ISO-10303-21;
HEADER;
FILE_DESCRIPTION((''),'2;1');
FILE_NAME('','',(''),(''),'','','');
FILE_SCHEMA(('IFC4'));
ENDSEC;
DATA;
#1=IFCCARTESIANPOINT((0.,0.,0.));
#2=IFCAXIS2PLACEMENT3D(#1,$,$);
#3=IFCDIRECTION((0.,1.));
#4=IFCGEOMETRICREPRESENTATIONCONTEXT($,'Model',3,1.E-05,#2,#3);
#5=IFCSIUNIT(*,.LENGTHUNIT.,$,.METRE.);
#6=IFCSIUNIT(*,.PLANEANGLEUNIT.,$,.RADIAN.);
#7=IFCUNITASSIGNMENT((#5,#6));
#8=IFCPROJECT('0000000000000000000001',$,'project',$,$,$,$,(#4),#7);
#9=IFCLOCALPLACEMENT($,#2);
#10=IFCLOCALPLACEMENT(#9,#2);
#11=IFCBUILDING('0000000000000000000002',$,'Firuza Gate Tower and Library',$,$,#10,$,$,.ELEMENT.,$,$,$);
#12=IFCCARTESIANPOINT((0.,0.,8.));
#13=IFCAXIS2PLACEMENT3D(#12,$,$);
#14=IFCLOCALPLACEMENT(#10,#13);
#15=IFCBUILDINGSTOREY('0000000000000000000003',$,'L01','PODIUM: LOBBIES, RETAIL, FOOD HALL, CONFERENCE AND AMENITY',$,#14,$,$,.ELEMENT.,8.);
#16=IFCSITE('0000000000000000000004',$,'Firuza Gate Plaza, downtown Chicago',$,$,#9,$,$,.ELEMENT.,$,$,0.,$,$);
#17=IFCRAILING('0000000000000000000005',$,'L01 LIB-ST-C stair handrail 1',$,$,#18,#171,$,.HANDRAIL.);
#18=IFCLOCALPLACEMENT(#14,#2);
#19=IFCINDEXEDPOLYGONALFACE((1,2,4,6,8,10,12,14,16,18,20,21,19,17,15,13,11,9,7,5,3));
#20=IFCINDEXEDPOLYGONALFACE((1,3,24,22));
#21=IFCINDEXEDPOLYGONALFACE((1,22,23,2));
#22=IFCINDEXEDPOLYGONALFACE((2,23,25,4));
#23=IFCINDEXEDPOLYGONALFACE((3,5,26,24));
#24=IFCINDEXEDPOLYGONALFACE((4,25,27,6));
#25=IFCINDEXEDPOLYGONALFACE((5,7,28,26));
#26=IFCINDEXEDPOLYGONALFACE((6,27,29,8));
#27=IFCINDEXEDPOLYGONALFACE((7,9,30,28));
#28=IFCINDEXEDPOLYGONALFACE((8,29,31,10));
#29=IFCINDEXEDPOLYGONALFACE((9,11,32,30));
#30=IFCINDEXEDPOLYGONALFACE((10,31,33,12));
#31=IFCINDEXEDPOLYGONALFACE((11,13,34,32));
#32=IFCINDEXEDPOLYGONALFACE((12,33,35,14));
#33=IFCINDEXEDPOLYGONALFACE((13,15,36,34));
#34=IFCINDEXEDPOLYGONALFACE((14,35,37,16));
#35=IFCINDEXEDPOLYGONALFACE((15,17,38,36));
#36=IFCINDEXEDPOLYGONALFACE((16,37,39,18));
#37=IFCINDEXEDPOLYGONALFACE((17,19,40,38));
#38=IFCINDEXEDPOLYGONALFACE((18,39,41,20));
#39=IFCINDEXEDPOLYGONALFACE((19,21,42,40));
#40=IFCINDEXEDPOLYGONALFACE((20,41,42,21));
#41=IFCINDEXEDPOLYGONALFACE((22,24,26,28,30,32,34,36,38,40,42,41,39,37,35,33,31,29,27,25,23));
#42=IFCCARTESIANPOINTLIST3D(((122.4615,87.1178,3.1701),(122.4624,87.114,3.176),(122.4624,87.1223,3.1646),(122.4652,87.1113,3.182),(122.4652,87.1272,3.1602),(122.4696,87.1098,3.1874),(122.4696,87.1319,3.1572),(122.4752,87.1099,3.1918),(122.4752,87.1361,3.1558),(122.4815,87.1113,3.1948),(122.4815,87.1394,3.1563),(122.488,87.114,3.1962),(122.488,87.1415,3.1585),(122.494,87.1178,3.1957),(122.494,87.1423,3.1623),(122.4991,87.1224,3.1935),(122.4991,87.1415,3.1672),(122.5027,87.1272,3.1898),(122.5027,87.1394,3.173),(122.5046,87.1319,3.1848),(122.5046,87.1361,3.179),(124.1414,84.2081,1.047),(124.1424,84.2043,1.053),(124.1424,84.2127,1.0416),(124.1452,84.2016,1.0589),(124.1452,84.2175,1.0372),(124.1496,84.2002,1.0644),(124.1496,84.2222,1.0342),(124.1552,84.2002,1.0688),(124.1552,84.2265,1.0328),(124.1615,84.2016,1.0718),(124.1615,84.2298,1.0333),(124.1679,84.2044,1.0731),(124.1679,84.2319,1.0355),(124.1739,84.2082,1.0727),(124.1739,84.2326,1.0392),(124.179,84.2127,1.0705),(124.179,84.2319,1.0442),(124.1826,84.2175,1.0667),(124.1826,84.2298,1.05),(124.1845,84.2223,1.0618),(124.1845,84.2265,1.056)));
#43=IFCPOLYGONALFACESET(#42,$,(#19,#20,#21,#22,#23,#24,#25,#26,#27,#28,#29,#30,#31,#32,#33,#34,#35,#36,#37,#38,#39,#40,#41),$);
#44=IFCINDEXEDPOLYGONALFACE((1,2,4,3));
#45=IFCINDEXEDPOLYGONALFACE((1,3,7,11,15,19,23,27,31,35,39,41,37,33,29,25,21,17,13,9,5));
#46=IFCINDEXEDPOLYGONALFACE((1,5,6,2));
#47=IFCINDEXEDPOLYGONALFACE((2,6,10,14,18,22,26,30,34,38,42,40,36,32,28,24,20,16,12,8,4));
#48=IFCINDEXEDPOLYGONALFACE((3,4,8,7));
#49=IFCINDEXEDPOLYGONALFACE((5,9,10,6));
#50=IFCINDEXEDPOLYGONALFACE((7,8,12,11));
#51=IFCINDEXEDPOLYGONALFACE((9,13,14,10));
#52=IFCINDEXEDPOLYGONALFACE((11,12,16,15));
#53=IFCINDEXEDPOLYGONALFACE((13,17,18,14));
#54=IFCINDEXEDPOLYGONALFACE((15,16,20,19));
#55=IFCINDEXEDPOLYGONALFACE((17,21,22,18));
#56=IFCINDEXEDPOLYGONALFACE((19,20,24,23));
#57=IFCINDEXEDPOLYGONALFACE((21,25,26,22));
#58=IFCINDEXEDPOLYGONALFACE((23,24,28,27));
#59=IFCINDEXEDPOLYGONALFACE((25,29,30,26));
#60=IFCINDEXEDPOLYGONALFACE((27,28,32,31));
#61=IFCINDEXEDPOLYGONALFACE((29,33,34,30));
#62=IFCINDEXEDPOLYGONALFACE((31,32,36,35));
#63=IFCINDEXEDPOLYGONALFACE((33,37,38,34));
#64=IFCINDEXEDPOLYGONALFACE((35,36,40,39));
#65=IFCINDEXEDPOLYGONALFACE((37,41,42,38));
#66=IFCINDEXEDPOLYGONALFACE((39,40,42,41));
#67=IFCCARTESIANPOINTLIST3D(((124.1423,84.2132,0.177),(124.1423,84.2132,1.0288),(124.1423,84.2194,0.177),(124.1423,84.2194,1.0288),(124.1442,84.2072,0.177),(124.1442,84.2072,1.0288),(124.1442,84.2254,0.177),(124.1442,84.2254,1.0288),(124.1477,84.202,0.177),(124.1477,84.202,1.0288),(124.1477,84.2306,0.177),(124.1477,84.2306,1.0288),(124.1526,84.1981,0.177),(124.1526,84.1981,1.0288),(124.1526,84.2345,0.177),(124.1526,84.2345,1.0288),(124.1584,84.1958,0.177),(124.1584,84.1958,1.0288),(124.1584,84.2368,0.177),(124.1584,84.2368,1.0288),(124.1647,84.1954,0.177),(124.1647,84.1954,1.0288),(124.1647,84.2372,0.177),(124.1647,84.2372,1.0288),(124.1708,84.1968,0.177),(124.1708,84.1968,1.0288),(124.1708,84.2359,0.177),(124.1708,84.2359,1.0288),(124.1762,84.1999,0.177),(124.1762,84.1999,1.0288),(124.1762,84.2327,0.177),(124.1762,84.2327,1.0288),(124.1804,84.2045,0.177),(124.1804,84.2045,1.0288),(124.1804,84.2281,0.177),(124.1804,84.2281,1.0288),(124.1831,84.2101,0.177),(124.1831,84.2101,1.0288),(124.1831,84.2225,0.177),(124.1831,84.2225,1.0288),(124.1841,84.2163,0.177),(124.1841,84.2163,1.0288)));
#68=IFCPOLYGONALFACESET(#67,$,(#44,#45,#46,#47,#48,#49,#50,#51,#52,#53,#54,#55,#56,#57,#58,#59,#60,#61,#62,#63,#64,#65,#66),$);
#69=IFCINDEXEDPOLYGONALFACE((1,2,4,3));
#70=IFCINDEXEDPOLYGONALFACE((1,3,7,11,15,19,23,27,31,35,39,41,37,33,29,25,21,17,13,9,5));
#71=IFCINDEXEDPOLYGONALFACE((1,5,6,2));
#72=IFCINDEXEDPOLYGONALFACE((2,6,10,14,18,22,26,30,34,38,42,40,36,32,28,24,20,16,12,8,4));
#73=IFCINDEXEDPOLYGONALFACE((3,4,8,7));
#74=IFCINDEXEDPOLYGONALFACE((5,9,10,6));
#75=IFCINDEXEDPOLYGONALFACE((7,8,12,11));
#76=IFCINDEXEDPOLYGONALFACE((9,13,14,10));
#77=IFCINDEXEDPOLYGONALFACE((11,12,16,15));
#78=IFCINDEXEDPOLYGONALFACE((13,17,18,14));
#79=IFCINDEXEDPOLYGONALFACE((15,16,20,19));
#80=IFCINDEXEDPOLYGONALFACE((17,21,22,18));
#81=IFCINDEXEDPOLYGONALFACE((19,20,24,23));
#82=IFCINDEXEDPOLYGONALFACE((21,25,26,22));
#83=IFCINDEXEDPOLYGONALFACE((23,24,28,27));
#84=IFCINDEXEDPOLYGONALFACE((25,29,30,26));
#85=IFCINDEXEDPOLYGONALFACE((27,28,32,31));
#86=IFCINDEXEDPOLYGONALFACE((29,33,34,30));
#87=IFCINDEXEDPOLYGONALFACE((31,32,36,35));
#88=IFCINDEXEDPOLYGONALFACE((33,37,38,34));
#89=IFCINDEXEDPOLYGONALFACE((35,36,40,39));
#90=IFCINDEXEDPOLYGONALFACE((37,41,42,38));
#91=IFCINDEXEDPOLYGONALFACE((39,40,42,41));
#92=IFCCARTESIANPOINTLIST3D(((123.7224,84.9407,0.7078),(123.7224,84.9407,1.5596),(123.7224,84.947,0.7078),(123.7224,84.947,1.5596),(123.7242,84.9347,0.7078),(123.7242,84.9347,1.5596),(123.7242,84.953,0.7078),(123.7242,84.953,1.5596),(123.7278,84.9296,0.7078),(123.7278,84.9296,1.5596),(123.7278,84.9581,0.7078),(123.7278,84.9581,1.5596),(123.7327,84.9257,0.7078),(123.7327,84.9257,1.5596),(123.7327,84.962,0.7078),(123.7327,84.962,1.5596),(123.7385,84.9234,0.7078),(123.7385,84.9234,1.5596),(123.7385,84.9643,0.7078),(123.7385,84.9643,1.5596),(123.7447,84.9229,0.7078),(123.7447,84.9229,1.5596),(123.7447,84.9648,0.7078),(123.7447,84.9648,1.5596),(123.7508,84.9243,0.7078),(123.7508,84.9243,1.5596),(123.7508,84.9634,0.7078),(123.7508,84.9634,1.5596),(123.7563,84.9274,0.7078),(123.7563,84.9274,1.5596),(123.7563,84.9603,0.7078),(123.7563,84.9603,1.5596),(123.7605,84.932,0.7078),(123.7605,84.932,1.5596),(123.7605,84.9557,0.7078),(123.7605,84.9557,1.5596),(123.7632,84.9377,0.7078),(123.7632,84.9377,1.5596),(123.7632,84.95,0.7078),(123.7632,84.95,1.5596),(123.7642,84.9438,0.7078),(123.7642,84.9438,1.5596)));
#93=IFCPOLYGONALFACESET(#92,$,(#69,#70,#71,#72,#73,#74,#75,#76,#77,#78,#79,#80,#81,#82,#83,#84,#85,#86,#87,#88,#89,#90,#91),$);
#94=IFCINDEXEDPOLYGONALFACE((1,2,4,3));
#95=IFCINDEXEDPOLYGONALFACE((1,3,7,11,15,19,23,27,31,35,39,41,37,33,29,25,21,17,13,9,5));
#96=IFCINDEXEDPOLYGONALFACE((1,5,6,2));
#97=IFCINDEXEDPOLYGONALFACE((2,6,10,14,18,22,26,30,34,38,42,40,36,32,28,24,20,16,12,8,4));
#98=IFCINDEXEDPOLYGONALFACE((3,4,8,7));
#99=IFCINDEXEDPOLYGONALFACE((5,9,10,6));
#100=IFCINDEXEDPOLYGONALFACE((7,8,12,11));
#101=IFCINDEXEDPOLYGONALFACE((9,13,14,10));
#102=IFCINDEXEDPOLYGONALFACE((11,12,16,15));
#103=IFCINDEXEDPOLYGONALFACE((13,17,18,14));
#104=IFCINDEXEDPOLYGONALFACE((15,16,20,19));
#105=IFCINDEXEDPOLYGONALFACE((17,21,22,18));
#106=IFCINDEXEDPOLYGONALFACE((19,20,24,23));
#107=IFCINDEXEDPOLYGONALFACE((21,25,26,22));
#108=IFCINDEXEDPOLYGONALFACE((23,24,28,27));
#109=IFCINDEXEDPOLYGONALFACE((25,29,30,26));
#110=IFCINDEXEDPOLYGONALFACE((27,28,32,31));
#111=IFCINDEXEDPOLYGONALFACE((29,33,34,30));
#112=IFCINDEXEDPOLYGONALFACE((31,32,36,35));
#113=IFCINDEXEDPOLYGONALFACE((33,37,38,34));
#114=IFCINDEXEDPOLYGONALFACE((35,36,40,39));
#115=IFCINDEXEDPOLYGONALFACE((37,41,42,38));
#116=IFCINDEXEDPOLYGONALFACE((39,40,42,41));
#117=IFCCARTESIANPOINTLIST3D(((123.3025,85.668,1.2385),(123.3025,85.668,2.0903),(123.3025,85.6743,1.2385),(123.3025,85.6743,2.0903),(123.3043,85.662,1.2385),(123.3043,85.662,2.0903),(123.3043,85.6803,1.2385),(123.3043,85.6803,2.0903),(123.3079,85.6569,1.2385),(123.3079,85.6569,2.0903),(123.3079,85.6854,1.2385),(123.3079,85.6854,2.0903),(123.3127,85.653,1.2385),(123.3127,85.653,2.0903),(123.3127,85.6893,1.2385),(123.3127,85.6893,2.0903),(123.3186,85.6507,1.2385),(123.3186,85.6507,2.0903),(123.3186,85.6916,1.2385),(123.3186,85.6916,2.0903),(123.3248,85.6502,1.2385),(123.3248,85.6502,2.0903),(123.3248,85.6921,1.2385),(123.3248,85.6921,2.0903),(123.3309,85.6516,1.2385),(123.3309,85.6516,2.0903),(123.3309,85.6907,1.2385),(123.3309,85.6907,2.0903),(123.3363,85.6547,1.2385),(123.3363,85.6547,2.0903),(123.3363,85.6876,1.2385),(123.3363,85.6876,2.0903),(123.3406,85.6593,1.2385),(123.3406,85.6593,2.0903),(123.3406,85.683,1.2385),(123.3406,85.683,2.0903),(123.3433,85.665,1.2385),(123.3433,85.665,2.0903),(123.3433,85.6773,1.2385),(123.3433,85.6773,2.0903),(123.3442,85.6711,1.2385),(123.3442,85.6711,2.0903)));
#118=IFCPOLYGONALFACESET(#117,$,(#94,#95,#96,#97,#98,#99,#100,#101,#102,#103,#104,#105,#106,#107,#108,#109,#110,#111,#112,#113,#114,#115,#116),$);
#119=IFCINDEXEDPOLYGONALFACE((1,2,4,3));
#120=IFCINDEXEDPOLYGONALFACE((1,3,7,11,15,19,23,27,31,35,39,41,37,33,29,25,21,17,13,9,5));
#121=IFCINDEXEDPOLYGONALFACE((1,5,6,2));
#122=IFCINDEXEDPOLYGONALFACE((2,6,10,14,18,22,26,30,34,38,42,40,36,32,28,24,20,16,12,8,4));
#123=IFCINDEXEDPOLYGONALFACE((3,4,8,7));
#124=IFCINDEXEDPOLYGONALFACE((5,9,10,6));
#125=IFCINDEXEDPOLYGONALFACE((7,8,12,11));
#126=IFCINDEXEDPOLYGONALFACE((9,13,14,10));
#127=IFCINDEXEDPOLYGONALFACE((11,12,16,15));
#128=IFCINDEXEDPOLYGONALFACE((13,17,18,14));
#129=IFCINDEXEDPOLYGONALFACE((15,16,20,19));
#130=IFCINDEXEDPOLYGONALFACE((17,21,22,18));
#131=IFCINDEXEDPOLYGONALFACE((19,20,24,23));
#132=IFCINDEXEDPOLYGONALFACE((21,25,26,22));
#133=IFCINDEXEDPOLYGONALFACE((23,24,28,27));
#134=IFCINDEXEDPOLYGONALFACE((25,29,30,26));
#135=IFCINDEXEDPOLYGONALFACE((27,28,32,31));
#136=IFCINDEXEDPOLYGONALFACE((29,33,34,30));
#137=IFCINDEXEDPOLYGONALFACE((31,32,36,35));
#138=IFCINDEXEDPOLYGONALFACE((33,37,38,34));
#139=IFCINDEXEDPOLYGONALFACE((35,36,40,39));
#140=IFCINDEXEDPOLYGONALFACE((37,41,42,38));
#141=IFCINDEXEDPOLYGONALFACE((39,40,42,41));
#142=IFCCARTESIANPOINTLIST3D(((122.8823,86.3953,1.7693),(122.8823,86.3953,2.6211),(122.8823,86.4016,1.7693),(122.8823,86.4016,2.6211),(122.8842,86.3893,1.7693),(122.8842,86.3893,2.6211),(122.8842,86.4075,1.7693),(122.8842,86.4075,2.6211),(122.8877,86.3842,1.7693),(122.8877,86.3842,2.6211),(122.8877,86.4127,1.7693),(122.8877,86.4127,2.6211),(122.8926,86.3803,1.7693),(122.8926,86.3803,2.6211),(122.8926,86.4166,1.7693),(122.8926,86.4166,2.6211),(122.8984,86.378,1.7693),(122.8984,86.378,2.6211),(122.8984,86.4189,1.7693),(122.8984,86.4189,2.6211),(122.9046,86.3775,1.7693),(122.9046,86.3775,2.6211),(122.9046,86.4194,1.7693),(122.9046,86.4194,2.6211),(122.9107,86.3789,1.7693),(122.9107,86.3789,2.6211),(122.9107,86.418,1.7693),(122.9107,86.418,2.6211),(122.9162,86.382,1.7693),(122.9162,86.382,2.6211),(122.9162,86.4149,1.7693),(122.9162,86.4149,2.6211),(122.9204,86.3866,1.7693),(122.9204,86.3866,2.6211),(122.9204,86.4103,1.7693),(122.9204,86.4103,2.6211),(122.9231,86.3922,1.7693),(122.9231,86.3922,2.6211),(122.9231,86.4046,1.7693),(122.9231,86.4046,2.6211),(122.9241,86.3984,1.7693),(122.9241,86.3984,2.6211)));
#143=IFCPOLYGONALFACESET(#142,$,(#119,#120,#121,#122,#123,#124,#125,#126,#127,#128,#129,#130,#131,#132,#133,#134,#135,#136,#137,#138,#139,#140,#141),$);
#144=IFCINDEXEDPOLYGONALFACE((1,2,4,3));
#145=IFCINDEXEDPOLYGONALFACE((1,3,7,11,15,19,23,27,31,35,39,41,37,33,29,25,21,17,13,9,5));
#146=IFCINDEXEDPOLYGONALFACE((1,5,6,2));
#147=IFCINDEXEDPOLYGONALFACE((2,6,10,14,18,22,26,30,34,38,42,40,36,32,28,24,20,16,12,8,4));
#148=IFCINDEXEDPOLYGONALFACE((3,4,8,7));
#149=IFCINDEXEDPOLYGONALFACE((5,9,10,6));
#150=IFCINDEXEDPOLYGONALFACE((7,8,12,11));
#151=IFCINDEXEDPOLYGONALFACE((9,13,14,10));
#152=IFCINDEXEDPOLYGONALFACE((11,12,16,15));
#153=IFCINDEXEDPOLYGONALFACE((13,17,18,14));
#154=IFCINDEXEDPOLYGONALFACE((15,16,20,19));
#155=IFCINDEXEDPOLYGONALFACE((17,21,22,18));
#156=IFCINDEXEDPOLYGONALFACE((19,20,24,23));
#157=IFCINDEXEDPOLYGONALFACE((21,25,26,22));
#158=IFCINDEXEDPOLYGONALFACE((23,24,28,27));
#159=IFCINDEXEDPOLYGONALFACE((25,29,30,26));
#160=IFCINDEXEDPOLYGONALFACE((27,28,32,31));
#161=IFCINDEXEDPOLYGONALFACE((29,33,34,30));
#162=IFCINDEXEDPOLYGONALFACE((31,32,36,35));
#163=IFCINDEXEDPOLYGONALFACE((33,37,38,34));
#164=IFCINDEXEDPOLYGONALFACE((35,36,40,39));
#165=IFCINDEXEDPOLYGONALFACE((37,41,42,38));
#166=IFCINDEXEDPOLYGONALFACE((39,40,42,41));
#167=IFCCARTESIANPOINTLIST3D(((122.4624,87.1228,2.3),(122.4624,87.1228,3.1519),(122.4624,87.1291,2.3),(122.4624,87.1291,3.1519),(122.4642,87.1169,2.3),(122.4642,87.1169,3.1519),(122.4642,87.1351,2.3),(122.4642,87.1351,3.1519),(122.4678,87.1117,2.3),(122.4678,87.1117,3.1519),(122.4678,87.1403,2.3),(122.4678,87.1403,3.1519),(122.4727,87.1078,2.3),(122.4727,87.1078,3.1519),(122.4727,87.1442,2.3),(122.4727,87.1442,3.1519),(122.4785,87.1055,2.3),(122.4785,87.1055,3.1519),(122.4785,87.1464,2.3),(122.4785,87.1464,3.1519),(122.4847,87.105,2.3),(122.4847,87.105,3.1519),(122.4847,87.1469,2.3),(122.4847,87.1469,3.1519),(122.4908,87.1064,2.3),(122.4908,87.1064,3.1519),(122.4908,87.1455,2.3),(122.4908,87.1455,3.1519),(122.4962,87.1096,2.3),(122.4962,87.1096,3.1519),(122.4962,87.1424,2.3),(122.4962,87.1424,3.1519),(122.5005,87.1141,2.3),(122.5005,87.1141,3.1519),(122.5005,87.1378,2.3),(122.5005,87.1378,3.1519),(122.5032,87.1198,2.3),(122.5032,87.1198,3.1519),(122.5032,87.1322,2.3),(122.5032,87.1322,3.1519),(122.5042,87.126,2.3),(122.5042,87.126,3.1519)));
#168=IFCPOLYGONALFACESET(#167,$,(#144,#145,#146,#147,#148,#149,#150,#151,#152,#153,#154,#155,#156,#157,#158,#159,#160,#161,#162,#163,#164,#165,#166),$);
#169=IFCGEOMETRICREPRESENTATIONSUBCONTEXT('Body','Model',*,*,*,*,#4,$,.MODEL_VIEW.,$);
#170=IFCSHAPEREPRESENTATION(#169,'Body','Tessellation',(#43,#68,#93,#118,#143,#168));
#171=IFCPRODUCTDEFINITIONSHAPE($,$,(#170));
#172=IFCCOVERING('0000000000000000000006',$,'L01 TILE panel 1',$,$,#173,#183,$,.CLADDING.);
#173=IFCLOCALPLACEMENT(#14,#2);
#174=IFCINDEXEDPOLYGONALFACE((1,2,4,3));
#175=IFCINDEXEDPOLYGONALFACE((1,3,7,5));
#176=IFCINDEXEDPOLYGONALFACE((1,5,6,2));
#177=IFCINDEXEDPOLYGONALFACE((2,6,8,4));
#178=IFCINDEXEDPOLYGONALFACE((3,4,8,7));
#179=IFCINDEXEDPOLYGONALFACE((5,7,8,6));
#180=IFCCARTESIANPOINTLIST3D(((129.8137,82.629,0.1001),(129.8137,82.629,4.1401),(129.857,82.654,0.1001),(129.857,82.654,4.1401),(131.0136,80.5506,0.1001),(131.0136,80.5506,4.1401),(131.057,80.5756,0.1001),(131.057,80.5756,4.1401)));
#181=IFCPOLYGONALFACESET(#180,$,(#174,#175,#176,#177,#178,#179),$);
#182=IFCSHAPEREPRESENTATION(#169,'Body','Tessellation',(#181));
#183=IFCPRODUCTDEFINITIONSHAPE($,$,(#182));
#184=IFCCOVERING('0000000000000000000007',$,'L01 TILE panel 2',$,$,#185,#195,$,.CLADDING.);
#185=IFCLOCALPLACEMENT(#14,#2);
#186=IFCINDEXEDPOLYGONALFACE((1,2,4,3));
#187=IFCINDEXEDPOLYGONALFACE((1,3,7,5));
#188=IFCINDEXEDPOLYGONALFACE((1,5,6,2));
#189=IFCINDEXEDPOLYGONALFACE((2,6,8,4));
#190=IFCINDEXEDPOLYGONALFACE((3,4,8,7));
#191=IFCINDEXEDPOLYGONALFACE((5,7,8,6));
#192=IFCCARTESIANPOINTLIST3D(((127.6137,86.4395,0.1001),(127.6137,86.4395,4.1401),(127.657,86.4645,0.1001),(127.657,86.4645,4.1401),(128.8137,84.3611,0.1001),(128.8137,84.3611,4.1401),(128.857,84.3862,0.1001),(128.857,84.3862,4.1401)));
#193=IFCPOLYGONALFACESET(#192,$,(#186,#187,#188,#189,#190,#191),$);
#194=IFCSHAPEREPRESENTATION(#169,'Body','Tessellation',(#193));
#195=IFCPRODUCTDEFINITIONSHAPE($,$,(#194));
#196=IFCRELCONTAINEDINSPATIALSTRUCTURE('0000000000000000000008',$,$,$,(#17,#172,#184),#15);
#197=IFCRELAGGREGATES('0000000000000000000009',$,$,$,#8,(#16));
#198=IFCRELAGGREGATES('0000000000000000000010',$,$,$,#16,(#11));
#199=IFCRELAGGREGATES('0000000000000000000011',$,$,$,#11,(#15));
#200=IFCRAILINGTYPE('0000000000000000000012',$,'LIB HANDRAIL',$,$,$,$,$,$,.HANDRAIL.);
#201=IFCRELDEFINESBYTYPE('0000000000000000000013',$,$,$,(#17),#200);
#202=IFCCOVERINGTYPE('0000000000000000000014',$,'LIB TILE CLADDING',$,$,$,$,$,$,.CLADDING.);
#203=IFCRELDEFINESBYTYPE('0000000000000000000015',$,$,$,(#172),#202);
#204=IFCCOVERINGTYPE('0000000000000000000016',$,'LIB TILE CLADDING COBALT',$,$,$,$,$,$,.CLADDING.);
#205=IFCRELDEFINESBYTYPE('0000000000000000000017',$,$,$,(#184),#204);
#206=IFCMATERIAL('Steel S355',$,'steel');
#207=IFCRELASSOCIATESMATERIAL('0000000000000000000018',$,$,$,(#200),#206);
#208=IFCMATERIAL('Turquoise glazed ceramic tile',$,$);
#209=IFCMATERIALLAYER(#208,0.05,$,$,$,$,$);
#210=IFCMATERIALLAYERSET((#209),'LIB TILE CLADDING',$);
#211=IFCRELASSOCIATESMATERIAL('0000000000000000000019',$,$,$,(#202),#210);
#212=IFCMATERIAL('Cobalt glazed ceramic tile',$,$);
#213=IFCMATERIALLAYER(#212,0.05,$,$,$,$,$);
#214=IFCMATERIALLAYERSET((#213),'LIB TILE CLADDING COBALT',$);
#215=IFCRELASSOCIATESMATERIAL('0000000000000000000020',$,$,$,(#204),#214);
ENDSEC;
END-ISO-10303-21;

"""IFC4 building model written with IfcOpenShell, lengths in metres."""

from ifc_helpers import new_model, si_unit, direction, frame, origin, origin_2d, place, context, subcontext, project, spatial, rectangle, circle, extrude, material, layer, layer_set, type_object, element, save


model = new_model("IFC4")

# Units and contexts
model_context = context("Model", 3, precision=1e-05, world=origin(), true_north=direction((0.0, 1.0)))
body_context = subcontext(model_context, "Body", "Model", "MODEL_VIEW")
ifc_project = project(units=[si_unit("LENGTHUNIT", "METRE"), si_unit("PLANEANGLEUNIT", "RADIAN")], contexts=[model_context])

# Site, building, storey
site_placement = place(None, origin())
site = spatial("IfcSite", under=ifc_project, at=site_placement, Name="Firuza Gate Plaza, downtown Chicago", CompositionType="ELEMENT", RefElevation=0.0)
building_placement = place(site_placement, origin())
building = spatial("IfcBuilding", under=site, at=building_placement, Name="Firuza Gate Tower and Library", CompositionType="ELEMENT")
storey_placement = place(building_placement, frame((0.0, 0.0, 8.0)))
storey = spatial("IfcBuildingStorey", under=building, at=storey_placement, Name="L01", Description="PODIUM: LOBBIES, RETAIL, FOOD HALL, CONFERENCE AND AMENITY", CompositionType="ELEMENT", Elevation=8.0)

# Railing
ifc_material_1 = material(Name="Steel S355", Category="steel")
railing_type = type_object("IfcRailingType", Name="LIB HANDRAIL", PredefinedType="HANDRAIL", material=ifc_material_1)
railing_placement = place(storey_placement, frame((124.1631, 84.2163, 0.177)))
element("IfcRailing", 1, at=railing_placement, inside=storey, type_object=railing_type, Name="L01 LIB-ST-C stair handrail 1", PredefinedType="HANDRAIL", context=body_context, shape_type="SweptSolid", body=[
    extrude(circle(Radius=0.0239, at=origin_2d()), frame((0.0, 0.0, 0.876), z_axis=(-0.422691, 0.732107, 0.534184), x_axis=(-0.866021, -0.500008, 0.0)), (0.0, 0.0, 1.0), 3.9744),
    extrude(circle(Radius=0.021, at=origin_2d()), origin(), (0.0, 0.0, 1.0), 0.8518),
    extrude(circle(Radius=0.021, at=origin_2d()), frame((-0.4199, 0.7275, 0.5308)), (0.0, 0.0, 1.0), 0.8518),
    extrude(circle(Radius=0.021, at=origin_2d()), frame((-0.8398, 1.4548, 1.0615)), (0.0, 0.0, 1.0), 0.8518),
    extrude(circle(Radius=0.021, at=origin_2d()), frame((-1.26, 2.1821, 1.5923)), (0.0, 0.0, 1.0), 0.8518),
    extrude(circle(Radius=0.021, at=origin_2d()), frame((-1.6799, 2.9097, 2.123)), (0.0, 0.0, 1.0), 0.8518),
])

# Coverings
ifc_material_2 = material(Name="Turquoise glazed ceramic tile")
ifc_layer_1 = layer(ifc_material_2, 0.05)
ifc_layer_set_1 = layer_set([ifc_layer_1], Name="LIB TILE CLADDING")
covering_type_1 = type_object("IfcCoveringType", Name="LIB TILE CLADDING", PredefinedType="CLADDING", material=ifc_layer_set_1)
covering_1_placement = place(storey_placement, frame((130.4353, 81.6023, 0.1001), z_axis=(0.0, 0.0, 1.0), x_axis=(-0.5, 0.866025, 0.0)))
element("IfcCovering", 2, at=covering_1_placement, inside=storey, type_object=covering_type_1, Name="L01 TILE panel 1", PredefinedType="CLADDING", context=body_context, shape_type="SweptSolid", body=[
    extrude(rectangle(XDim=2.3999, YDim=0.05, at=origin_2d()), origin(), (0.0, 0.0, 1.0), 4.04),
])
ifc_material_3 = material(Name="Cobalt glazed ceramic tile")
ifc_layer_2 = layer(ifc_material_3, 0.05)
ifc_layer_set_2 = layer_set([ifc_layer_2], Name="LIB TILE CLADDING COBALT")
covering_type_2 = type_object("IfcCoveringType", Name="LIB TILE CLADDING COBALT", PredefinedType="CLADDING", material=ifc_layer_set_2)
covering_2_placement = place(storey_placement, frame((128.2354, 85.4128, 0.1001), z_axis=(0.0, 0.0, 1.0), x_axis=(-0.5, 0.866025, 0.0)))
element("IfcCovering", 3, at=covering_2_placement, inside=storey, type_object=covering_type_2, Name="L01 TILE panel 2", PredefinedType="CLADDING", context=body_context, shape_type="SweptSolid", body=[
    extrude(rectangle(XDim=2.3999, YDim=0.05, at=origin_2d()), origin(), (0.0, 0.0, 1.0), 4.04),
])

save(model, "model.ifc")
